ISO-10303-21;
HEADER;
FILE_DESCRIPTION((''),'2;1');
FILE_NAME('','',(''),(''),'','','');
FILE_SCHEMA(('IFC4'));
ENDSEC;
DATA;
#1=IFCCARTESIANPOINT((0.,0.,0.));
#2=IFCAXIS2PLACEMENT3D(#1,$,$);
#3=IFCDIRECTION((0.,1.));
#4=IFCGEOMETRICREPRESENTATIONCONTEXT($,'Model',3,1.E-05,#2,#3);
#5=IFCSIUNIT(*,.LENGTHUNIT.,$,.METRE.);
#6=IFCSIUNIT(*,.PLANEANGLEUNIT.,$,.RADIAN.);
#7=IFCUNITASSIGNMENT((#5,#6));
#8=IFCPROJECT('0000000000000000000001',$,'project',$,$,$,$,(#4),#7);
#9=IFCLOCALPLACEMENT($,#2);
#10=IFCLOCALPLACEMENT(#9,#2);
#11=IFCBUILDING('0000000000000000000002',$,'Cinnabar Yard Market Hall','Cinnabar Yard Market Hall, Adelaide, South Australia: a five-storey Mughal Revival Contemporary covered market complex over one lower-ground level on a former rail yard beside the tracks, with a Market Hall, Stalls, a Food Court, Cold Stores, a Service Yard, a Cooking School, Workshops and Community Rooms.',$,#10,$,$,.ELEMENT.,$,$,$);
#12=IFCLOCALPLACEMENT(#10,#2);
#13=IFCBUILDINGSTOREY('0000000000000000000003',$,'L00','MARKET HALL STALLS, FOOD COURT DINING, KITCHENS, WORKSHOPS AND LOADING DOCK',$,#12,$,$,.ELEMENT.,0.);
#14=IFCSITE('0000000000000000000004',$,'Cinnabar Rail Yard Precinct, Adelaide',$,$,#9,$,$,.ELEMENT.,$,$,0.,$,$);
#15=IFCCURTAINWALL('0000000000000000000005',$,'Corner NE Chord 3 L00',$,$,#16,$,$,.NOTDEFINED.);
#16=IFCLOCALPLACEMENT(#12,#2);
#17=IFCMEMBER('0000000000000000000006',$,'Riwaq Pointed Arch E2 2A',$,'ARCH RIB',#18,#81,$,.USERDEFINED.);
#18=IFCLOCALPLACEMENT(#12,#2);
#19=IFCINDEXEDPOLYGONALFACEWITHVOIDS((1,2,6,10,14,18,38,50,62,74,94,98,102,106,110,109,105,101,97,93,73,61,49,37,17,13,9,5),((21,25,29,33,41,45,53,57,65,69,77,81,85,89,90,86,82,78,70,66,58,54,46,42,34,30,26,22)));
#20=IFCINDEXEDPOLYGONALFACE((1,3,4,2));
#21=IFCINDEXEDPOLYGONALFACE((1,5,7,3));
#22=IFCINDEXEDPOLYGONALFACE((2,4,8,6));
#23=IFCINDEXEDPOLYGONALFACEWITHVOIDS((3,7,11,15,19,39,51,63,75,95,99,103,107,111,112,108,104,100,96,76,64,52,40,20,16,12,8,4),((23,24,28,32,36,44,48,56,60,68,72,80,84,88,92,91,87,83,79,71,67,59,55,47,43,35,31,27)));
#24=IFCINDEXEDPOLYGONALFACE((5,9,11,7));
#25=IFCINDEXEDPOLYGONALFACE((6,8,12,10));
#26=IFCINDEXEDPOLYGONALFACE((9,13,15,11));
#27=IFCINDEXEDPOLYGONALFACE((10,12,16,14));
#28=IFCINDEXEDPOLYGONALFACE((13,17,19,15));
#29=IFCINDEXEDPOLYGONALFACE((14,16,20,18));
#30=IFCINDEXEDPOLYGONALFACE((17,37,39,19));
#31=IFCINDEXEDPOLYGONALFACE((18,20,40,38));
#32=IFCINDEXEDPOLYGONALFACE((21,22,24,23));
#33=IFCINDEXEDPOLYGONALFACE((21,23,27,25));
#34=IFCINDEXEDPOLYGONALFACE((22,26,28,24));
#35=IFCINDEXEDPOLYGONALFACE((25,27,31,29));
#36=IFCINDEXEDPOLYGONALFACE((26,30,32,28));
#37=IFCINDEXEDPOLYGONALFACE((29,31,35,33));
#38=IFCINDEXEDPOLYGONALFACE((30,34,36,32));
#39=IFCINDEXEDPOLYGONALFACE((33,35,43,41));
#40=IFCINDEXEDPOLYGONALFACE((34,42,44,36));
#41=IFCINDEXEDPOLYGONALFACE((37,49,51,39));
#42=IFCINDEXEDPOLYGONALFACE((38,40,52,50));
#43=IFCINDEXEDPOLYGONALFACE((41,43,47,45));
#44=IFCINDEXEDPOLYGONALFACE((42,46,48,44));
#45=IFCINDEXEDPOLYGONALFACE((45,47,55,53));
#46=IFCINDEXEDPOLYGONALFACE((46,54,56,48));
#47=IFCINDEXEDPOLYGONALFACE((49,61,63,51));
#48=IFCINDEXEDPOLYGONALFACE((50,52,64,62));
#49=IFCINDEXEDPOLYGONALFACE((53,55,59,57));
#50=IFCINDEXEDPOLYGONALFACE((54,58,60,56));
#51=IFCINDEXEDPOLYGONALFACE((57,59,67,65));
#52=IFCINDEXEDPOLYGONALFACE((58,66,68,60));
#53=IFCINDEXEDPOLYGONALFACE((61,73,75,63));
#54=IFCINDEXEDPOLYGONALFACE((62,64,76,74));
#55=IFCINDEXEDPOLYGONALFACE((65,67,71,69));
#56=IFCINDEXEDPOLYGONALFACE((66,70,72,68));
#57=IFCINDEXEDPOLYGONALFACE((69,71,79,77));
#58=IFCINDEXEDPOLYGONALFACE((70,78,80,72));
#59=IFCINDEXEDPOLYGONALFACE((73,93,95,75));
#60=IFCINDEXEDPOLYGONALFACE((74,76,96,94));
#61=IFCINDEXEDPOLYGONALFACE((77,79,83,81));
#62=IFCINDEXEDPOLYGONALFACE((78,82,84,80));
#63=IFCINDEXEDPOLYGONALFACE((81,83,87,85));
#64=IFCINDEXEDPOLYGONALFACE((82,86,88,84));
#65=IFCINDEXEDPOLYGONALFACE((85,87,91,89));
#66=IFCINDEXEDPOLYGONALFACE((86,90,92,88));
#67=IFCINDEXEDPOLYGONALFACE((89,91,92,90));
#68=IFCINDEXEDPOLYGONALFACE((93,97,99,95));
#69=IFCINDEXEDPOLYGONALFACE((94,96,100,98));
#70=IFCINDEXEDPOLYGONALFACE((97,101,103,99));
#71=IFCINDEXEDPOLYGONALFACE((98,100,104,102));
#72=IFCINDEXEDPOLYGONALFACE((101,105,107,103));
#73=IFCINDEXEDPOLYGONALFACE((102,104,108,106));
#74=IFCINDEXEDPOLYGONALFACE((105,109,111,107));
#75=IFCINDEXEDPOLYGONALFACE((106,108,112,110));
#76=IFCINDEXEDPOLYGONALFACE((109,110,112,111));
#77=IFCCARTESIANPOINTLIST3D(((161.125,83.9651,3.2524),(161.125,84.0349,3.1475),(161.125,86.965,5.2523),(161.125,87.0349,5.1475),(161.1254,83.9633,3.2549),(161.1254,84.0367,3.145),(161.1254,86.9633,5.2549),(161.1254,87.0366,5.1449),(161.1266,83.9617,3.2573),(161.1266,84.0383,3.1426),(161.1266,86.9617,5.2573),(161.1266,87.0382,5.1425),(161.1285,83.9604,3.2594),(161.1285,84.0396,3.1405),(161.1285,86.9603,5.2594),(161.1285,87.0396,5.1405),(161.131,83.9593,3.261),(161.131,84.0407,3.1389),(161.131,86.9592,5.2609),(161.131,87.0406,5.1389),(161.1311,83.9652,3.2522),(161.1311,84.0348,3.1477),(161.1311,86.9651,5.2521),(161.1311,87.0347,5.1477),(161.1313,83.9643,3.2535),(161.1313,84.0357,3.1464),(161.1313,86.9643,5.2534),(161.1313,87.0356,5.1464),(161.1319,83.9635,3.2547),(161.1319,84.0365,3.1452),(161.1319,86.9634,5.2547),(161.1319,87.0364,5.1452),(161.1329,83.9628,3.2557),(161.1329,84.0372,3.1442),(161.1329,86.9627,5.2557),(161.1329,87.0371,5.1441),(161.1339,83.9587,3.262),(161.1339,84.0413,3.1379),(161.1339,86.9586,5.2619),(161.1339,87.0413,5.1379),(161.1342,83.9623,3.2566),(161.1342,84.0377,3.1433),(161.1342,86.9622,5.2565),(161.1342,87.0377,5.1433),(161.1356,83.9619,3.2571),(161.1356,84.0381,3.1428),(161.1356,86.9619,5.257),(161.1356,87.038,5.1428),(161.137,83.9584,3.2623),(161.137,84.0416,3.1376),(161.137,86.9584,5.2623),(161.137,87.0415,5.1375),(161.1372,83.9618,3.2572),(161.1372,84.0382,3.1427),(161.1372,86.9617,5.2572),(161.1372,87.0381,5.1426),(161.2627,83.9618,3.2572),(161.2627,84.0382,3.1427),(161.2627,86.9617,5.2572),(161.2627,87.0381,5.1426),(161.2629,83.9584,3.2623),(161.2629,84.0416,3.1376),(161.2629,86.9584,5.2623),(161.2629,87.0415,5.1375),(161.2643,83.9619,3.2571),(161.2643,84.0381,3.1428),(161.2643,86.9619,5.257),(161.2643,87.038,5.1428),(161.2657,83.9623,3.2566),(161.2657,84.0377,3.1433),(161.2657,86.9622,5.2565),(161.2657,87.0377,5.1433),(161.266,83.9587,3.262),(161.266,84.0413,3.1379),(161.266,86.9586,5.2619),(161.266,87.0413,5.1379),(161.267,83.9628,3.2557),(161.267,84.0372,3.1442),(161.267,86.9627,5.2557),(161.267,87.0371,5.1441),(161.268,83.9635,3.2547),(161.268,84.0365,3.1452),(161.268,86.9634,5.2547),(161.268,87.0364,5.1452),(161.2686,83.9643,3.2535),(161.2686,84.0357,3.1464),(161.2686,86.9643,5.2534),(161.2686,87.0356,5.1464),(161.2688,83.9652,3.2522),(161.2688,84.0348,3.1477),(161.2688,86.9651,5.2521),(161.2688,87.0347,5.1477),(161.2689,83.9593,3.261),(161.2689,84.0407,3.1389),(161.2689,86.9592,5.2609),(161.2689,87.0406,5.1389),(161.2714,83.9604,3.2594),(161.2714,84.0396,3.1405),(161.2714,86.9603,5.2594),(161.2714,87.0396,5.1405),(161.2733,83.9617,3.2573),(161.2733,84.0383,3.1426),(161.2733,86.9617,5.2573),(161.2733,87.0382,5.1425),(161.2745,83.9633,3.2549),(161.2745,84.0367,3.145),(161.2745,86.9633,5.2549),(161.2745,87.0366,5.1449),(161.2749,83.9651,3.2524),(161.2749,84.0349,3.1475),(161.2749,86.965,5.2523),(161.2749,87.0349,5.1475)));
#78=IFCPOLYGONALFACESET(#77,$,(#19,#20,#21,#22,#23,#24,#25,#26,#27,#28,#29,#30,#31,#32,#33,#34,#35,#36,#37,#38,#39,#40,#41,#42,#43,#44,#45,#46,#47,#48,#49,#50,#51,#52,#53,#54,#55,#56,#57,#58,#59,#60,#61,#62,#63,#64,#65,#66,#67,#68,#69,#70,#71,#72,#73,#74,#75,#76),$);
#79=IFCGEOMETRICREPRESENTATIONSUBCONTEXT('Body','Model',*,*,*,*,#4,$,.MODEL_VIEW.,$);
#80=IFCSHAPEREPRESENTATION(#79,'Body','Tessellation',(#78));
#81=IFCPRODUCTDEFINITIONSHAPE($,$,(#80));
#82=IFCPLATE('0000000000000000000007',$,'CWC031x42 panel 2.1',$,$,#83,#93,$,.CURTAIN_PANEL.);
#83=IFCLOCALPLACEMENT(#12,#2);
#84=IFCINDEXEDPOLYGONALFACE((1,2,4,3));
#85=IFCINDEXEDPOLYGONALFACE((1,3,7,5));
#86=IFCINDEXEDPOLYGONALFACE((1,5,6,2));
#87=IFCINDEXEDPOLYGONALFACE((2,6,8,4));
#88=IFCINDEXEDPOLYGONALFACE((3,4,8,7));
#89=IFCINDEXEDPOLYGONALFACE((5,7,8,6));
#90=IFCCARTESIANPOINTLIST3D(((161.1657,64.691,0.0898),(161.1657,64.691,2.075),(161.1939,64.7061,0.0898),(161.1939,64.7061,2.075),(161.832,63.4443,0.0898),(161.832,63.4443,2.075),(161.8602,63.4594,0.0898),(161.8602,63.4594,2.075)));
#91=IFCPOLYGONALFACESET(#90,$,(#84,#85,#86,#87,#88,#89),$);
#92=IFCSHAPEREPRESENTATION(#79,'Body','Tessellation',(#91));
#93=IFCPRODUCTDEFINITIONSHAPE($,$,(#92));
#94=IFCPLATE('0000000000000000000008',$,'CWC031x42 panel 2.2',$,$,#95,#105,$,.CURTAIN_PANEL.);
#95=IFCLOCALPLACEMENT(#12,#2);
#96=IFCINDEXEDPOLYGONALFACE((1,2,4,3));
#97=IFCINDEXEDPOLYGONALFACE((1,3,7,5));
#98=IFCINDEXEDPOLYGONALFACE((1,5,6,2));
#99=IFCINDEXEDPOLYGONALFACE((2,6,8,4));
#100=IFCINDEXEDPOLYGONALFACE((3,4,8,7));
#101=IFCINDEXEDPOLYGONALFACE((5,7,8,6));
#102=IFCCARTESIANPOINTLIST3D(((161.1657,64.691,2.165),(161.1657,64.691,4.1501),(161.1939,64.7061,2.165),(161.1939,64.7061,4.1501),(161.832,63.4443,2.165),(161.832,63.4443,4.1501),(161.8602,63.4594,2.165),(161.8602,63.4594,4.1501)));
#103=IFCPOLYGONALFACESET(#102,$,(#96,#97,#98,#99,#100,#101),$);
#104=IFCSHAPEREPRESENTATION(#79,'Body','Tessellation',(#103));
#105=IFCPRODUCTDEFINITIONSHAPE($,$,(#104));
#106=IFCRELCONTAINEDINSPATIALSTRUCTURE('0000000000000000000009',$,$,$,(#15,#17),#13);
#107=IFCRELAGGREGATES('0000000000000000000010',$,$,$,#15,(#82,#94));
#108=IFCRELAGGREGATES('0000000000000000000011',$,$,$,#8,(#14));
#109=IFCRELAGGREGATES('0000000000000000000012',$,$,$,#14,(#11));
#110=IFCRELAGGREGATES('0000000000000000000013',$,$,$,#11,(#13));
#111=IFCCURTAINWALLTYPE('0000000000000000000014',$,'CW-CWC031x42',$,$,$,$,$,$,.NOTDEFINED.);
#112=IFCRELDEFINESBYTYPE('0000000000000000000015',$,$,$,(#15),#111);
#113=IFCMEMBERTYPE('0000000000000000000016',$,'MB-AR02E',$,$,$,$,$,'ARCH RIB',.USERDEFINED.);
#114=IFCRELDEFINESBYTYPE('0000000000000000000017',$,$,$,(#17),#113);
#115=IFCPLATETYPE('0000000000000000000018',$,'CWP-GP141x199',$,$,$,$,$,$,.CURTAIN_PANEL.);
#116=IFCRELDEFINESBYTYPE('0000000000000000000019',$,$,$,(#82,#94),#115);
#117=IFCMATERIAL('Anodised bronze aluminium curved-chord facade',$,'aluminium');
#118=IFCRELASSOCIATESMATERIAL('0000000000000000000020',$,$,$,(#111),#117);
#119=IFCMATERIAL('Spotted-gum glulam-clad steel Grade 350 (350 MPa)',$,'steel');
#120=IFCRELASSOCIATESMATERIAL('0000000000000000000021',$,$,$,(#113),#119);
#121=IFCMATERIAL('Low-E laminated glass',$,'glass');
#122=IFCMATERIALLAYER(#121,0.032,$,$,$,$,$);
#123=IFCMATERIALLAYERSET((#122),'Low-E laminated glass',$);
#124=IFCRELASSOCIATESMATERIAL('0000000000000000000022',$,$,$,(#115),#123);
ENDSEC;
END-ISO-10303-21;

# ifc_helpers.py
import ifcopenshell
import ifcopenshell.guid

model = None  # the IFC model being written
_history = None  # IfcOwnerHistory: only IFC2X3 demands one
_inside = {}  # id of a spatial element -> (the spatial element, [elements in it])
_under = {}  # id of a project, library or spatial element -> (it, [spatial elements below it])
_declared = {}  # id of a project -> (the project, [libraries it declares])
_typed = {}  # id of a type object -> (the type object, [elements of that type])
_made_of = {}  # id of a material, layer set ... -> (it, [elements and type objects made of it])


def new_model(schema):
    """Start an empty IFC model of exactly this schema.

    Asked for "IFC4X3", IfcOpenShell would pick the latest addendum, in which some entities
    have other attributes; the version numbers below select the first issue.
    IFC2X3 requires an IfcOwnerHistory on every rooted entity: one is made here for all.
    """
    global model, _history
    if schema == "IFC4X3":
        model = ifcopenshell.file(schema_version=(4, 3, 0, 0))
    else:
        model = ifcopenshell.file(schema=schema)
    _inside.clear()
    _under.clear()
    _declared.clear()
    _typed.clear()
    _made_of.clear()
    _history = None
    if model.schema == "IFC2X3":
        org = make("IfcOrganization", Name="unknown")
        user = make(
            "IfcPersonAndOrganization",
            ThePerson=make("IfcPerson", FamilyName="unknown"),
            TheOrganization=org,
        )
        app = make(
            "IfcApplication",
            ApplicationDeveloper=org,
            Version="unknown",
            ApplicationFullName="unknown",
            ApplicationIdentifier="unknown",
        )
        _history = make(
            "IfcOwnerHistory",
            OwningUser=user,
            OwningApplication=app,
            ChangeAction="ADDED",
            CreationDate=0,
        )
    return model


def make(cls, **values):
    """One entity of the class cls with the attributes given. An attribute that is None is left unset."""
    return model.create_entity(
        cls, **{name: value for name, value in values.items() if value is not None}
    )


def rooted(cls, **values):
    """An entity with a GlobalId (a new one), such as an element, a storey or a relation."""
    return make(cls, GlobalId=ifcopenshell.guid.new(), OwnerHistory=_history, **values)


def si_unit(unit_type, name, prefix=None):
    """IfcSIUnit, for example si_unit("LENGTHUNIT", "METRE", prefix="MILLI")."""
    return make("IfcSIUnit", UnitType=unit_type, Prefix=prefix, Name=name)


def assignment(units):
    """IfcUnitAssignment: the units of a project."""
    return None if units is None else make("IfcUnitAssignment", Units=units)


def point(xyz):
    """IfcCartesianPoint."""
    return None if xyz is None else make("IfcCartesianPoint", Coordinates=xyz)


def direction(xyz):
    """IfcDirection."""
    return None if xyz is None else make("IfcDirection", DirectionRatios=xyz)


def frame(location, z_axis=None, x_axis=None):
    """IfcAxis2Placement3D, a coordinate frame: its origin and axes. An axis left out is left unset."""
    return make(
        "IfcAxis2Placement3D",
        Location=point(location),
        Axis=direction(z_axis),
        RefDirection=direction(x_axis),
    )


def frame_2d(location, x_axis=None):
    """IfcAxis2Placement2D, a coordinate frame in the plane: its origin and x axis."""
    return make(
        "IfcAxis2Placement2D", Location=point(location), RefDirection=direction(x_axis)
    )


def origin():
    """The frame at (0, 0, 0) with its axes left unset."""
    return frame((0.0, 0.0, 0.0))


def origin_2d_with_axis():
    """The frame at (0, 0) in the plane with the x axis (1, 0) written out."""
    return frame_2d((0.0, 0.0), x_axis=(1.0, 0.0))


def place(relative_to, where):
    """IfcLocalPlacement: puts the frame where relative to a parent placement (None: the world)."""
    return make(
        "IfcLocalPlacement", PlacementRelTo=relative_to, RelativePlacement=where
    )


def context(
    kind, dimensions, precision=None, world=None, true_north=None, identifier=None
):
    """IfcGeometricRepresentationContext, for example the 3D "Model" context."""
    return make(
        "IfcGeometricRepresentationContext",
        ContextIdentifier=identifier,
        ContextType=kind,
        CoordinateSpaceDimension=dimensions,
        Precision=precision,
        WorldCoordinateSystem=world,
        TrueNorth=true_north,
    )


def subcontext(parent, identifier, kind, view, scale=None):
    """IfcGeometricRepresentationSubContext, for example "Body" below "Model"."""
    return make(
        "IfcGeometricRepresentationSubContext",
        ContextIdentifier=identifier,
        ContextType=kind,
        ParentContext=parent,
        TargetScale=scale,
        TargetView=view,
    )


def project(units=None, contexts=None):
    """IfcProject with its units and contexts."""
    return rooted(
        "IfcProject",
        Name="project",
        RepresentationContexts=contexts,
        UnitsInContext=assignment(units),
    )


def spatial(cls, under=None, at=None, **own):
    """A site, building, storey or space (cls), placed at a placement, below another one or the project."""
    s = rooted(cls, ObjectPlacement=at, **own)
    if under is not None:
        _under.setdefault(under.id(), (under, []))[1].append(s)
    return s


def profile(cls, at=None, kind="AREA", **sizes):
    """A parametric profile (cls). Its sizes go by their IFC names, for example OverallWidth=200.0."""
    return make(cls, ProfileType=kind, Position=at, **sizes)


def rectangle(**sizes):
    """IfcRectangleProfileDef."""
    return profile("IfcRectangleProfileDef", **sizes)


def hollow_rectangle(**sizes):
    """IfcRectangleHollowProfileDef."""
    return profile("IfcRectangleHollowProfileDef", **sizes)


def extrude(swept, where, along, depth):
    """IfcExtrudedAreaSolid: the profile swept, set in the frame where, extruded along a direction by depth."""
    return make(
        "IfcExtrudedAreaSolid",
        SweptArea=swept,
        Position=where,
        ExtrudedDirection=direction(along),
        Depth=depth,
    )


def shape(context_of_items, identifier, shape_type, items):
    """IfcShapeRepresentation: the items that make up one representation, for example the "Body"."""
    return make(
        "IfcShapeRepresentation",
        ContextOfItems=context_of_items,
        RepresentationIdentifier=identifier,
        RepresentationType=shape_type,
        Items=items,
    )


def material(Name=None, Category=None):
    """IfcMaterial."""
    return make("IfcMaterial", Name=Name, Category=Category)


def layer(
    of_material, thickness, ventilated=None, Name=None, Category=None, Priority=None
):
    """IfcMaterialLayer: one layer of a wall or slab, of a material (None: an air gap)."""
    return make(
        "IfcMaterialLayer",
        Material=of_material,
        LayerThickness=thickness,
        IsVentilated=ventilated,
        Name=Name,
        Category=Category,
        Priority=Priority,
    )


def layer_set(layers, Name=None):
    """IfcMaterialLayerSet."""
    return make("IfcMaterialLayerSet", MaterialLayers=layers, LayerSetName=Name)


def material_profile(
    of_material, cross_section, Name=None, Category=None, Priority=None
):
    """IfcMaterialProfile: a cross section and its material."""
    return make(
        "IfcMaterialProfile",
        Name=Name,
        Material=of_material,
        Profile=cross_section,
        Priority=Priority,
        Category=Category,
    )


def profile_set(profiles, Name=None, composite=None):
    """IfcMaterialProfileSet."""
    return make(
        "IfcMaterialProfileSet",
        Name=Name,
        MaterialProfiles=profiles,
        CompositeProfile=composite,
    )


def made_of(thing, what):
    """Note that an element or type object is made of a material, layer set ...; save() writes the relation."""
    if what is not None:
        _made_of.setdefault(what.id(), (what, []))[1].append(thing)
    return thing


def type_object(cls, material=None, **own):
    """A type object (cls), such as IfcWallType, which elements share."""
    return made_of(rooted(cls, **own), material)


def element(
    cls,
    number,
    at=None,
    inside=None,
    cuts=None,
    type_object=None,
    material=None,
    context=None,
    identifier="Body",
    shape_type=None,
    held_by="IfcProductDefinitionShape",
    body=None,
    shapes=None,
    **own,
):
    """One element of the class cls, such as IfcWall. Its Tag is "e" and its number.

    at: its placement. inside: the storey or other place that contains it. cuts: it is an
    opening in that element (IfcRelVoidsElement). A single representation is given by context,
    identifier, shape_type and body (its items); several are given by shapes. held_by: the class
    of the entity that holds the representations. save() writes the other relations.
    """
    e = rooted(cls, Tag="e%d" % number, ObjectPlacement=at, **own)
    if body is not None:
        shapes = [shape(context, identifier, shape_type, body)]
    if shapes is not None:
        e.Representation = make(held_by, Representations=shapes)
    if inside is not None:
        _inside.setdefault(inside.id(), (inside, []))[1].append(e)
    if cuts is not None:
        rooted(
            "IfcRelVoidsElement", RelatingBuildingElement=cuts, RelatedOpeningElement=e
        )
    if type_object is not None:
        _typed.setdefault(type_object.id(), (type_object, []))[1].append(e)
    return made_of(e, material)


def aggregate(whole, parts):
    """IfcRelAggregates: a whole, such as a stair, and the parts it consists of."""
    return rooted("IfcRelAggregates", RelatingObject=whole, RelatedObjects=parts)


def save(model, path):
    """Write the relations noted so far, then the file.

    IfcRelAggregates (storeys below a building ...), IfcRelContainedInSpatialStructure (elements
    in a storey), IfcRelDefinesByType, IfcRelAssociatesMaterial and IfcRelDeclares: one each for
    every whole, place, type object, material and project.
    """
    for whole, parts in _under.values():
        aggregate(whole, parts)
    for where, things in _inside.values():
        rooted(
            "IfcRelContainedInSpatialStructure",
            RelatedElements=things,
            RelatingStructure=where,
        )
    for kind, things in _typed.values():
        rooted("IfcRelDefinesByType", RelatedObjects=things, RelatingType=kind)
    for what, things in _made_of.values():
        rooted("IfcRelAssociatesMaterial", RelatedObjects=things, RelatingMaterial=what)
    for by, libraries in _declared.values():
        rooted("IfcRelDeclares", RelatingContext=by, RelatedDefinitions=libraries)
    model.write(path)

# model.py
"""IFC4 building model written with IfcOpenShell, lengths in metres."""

from ifc_helpers import new_model, si_unit, direction, frame, origin, origin_2d_with_axis, place, context, subcontext, project, spatial, rectangle, hollow_rectangle, extrude, material, layer, layer_set, material_profile, profile_set, type_object, element, aggregate, save


model = new_model("IFC4")

# Units and contexts
model_context = context("Model", 3, precision=1e-05, world=origin(), true_north=direction((0.0, 1.0)))
body_context = subcontext(model_context, "Body", "Model", "MODEL_VIEW")
ifc_project = project(units=[si_unit("LENGTHUNIT", "METRE"), si_unit("PLANEANGLEUNIT", "RADIAN")], contexts=[model_context])

# Site, building, storey
site_placement = place(None, origin())
site = spatial("IfcSite", under=ifc_project, at=site_placement, Name="Cinnabar Rail Yard Precinct, Adelaide", CompositionType="ELEMENT", RefElevation=0.0)
building_placement = place(site_placement, origin())
building = spatial("IfcBuilding", under=site, at=building_placement, Name="Cinnabar Yard Market Hall", Description="Cinnabar Yard Market Hall, Adelaide, South Australia: a five-storey Mughal Revival Contemporary covered market complex over one lower-ground level on a former rail yard beside the tracks, with a Market Hall, Stalls, a Food Court, Cold Stores, a Service Yard, a Cooking School, Workshops and Community Rooms.", CompositionType="ELEMENT")
storey_placement = place(building_placement, origin())
storey = spatial("IfcBuildingStorey", under=building, at=storey_placement, Name="L00", Description="MARKET HALL STALLS, FOOD COURT DINING, KITCHENS, WORKSHOPS AND LOADING DOCK", CompositionType="ELEMENT", Elevation=0.0)

# Shared definitions
ifc_material_1 = material(Name="Spotted-gum glulam-clad steel Grade 350 (350 MPa)", Category="steel")

# Curtain wall
ifc_material_2 = material(Name="Anodised bronze aluminium curved-chord facade", Category="aluminium")
curtain_wall_type = type_object("IfcCurtainWallType", Name="CW-CWC031x42", PredefinedType="NOTDEFINED", material=ifc_material_2)
curtain_wall_1_placement = place(storey_placement, origin())
curtain_wall_1 = element("IfcCurtainWall", 1, at=curtain_wall_1_placement, inside=storey, type_object=curtain_wall_type, Name="Corner NE Chord 3 L00", PredefinedType="NOTDEFINED")

# Member
ifc_material_profile_1 = material_profile(ifc_material_1, hollow_rectangle(XDim=0.1499, YDim=0.1499, WallThickness=0.0061, InnerFilletRadius=0.0061, OuterFilletRadius=0.012, at=origin_2d_with_axis()), Name="150x150x6.0SHS")
ifc_profile_set_1 = profile_set([ifc_material_profile_1], Name="Spotted-gum glulam-clad steel Grade 350 (350 MPa)")
member_type_1 = type_object("IfcMemberType", Name="MB-AR02E", ElementType="ARCH RIB", PredefinedType="USERDEFINED", material=ifc_profile_set_1)
for number, where, z_axis, x_axis, name in (
    (2, (161.2, 84.0, 3.2), (0.0, 0.83205, 0.5547), (-1.0, 0.0, 0.0), "Riwaq Pointed Arch E2 2A"),
):
    element("IfcMember", number, at=place(storey_placement, frame(where, z_axis=z_axis, x_axis=x_axis)), inside=storey, type_object=member_type_1, Name=name, ObjectType="ARCH RIB", PredefinedType="USERDEFINED", context=body_context, shape_type="SweptSolid", body=[
        extrude(hollow_rectangle(XDim=0.1499, YDim=0.1499, WallThickness=0.0061, InnerFilletRadius=0.0061, OuterFilletRadius=0.012, at=origin_2d_with_axis()), origin(), (0.0, 0.0, 1.0), 3.6055),
    ])

# Plates
ifc_material_3 = material(Name="Low-E laminated glass", Category="glass")
ifc_layer_1 = layer(ifc_material_3, 0.032)
ifc_layer_set_1 = layer_set([ifc_layer_1], Name="Low-E laminated glass")
plate_type = type_object("IfcPlateType", Name="CWP-GP141x199", PredefinedType="CURTAIN_PANEL", material=ifc_layer_set_1)
plate_1_placement = place(storey_placement, frame((161.5129, 64.0752, 0.0898), z_axis=(0.0, 0.0, 1.0), x_axis=(-0.471404, 0.881917, 0.0)))
plate_1 = element("IfcPlate", 3, at=plate_1_placement, type_object=plate_type, Name="CWC031x42 panel 2.1", PredefinedType="CURTAIN_PANEL", context=body_context, shape_type="SweptSolid", body=[
    extrude(rectangle(XDim=1.4136, YDim=0.032, at=origin_2d_with_axis()), origin(), (0.0, 0.0, 1.0), 1.9851),
])
plate_2_placement = place(storey_placement, frame((161.5129, 64.0752, 2.165), z_axis=(0.0, 0.0, 1.0), x_axis=(-0.471404, 0.881917, 0.0)))
plate_2 = element("IfcPlate", 4, at=plate_2_placement, type_object=plate_type, Name="CWC031x42 panel 2.2", PredefinedType="CURTAIN_PANEL", context=body_context, shape_type="SweptSolid", body=[
    extrude(rectangle(XDim=1.4136, YDim=0.032, at=origin_2d_with_axis()), origin(), (0.0, 0.0, 1.0), 1.9851),
])
aggregate(curtain_wall_1, [plate_1, plate_2])

save(model, "model.ifc")
